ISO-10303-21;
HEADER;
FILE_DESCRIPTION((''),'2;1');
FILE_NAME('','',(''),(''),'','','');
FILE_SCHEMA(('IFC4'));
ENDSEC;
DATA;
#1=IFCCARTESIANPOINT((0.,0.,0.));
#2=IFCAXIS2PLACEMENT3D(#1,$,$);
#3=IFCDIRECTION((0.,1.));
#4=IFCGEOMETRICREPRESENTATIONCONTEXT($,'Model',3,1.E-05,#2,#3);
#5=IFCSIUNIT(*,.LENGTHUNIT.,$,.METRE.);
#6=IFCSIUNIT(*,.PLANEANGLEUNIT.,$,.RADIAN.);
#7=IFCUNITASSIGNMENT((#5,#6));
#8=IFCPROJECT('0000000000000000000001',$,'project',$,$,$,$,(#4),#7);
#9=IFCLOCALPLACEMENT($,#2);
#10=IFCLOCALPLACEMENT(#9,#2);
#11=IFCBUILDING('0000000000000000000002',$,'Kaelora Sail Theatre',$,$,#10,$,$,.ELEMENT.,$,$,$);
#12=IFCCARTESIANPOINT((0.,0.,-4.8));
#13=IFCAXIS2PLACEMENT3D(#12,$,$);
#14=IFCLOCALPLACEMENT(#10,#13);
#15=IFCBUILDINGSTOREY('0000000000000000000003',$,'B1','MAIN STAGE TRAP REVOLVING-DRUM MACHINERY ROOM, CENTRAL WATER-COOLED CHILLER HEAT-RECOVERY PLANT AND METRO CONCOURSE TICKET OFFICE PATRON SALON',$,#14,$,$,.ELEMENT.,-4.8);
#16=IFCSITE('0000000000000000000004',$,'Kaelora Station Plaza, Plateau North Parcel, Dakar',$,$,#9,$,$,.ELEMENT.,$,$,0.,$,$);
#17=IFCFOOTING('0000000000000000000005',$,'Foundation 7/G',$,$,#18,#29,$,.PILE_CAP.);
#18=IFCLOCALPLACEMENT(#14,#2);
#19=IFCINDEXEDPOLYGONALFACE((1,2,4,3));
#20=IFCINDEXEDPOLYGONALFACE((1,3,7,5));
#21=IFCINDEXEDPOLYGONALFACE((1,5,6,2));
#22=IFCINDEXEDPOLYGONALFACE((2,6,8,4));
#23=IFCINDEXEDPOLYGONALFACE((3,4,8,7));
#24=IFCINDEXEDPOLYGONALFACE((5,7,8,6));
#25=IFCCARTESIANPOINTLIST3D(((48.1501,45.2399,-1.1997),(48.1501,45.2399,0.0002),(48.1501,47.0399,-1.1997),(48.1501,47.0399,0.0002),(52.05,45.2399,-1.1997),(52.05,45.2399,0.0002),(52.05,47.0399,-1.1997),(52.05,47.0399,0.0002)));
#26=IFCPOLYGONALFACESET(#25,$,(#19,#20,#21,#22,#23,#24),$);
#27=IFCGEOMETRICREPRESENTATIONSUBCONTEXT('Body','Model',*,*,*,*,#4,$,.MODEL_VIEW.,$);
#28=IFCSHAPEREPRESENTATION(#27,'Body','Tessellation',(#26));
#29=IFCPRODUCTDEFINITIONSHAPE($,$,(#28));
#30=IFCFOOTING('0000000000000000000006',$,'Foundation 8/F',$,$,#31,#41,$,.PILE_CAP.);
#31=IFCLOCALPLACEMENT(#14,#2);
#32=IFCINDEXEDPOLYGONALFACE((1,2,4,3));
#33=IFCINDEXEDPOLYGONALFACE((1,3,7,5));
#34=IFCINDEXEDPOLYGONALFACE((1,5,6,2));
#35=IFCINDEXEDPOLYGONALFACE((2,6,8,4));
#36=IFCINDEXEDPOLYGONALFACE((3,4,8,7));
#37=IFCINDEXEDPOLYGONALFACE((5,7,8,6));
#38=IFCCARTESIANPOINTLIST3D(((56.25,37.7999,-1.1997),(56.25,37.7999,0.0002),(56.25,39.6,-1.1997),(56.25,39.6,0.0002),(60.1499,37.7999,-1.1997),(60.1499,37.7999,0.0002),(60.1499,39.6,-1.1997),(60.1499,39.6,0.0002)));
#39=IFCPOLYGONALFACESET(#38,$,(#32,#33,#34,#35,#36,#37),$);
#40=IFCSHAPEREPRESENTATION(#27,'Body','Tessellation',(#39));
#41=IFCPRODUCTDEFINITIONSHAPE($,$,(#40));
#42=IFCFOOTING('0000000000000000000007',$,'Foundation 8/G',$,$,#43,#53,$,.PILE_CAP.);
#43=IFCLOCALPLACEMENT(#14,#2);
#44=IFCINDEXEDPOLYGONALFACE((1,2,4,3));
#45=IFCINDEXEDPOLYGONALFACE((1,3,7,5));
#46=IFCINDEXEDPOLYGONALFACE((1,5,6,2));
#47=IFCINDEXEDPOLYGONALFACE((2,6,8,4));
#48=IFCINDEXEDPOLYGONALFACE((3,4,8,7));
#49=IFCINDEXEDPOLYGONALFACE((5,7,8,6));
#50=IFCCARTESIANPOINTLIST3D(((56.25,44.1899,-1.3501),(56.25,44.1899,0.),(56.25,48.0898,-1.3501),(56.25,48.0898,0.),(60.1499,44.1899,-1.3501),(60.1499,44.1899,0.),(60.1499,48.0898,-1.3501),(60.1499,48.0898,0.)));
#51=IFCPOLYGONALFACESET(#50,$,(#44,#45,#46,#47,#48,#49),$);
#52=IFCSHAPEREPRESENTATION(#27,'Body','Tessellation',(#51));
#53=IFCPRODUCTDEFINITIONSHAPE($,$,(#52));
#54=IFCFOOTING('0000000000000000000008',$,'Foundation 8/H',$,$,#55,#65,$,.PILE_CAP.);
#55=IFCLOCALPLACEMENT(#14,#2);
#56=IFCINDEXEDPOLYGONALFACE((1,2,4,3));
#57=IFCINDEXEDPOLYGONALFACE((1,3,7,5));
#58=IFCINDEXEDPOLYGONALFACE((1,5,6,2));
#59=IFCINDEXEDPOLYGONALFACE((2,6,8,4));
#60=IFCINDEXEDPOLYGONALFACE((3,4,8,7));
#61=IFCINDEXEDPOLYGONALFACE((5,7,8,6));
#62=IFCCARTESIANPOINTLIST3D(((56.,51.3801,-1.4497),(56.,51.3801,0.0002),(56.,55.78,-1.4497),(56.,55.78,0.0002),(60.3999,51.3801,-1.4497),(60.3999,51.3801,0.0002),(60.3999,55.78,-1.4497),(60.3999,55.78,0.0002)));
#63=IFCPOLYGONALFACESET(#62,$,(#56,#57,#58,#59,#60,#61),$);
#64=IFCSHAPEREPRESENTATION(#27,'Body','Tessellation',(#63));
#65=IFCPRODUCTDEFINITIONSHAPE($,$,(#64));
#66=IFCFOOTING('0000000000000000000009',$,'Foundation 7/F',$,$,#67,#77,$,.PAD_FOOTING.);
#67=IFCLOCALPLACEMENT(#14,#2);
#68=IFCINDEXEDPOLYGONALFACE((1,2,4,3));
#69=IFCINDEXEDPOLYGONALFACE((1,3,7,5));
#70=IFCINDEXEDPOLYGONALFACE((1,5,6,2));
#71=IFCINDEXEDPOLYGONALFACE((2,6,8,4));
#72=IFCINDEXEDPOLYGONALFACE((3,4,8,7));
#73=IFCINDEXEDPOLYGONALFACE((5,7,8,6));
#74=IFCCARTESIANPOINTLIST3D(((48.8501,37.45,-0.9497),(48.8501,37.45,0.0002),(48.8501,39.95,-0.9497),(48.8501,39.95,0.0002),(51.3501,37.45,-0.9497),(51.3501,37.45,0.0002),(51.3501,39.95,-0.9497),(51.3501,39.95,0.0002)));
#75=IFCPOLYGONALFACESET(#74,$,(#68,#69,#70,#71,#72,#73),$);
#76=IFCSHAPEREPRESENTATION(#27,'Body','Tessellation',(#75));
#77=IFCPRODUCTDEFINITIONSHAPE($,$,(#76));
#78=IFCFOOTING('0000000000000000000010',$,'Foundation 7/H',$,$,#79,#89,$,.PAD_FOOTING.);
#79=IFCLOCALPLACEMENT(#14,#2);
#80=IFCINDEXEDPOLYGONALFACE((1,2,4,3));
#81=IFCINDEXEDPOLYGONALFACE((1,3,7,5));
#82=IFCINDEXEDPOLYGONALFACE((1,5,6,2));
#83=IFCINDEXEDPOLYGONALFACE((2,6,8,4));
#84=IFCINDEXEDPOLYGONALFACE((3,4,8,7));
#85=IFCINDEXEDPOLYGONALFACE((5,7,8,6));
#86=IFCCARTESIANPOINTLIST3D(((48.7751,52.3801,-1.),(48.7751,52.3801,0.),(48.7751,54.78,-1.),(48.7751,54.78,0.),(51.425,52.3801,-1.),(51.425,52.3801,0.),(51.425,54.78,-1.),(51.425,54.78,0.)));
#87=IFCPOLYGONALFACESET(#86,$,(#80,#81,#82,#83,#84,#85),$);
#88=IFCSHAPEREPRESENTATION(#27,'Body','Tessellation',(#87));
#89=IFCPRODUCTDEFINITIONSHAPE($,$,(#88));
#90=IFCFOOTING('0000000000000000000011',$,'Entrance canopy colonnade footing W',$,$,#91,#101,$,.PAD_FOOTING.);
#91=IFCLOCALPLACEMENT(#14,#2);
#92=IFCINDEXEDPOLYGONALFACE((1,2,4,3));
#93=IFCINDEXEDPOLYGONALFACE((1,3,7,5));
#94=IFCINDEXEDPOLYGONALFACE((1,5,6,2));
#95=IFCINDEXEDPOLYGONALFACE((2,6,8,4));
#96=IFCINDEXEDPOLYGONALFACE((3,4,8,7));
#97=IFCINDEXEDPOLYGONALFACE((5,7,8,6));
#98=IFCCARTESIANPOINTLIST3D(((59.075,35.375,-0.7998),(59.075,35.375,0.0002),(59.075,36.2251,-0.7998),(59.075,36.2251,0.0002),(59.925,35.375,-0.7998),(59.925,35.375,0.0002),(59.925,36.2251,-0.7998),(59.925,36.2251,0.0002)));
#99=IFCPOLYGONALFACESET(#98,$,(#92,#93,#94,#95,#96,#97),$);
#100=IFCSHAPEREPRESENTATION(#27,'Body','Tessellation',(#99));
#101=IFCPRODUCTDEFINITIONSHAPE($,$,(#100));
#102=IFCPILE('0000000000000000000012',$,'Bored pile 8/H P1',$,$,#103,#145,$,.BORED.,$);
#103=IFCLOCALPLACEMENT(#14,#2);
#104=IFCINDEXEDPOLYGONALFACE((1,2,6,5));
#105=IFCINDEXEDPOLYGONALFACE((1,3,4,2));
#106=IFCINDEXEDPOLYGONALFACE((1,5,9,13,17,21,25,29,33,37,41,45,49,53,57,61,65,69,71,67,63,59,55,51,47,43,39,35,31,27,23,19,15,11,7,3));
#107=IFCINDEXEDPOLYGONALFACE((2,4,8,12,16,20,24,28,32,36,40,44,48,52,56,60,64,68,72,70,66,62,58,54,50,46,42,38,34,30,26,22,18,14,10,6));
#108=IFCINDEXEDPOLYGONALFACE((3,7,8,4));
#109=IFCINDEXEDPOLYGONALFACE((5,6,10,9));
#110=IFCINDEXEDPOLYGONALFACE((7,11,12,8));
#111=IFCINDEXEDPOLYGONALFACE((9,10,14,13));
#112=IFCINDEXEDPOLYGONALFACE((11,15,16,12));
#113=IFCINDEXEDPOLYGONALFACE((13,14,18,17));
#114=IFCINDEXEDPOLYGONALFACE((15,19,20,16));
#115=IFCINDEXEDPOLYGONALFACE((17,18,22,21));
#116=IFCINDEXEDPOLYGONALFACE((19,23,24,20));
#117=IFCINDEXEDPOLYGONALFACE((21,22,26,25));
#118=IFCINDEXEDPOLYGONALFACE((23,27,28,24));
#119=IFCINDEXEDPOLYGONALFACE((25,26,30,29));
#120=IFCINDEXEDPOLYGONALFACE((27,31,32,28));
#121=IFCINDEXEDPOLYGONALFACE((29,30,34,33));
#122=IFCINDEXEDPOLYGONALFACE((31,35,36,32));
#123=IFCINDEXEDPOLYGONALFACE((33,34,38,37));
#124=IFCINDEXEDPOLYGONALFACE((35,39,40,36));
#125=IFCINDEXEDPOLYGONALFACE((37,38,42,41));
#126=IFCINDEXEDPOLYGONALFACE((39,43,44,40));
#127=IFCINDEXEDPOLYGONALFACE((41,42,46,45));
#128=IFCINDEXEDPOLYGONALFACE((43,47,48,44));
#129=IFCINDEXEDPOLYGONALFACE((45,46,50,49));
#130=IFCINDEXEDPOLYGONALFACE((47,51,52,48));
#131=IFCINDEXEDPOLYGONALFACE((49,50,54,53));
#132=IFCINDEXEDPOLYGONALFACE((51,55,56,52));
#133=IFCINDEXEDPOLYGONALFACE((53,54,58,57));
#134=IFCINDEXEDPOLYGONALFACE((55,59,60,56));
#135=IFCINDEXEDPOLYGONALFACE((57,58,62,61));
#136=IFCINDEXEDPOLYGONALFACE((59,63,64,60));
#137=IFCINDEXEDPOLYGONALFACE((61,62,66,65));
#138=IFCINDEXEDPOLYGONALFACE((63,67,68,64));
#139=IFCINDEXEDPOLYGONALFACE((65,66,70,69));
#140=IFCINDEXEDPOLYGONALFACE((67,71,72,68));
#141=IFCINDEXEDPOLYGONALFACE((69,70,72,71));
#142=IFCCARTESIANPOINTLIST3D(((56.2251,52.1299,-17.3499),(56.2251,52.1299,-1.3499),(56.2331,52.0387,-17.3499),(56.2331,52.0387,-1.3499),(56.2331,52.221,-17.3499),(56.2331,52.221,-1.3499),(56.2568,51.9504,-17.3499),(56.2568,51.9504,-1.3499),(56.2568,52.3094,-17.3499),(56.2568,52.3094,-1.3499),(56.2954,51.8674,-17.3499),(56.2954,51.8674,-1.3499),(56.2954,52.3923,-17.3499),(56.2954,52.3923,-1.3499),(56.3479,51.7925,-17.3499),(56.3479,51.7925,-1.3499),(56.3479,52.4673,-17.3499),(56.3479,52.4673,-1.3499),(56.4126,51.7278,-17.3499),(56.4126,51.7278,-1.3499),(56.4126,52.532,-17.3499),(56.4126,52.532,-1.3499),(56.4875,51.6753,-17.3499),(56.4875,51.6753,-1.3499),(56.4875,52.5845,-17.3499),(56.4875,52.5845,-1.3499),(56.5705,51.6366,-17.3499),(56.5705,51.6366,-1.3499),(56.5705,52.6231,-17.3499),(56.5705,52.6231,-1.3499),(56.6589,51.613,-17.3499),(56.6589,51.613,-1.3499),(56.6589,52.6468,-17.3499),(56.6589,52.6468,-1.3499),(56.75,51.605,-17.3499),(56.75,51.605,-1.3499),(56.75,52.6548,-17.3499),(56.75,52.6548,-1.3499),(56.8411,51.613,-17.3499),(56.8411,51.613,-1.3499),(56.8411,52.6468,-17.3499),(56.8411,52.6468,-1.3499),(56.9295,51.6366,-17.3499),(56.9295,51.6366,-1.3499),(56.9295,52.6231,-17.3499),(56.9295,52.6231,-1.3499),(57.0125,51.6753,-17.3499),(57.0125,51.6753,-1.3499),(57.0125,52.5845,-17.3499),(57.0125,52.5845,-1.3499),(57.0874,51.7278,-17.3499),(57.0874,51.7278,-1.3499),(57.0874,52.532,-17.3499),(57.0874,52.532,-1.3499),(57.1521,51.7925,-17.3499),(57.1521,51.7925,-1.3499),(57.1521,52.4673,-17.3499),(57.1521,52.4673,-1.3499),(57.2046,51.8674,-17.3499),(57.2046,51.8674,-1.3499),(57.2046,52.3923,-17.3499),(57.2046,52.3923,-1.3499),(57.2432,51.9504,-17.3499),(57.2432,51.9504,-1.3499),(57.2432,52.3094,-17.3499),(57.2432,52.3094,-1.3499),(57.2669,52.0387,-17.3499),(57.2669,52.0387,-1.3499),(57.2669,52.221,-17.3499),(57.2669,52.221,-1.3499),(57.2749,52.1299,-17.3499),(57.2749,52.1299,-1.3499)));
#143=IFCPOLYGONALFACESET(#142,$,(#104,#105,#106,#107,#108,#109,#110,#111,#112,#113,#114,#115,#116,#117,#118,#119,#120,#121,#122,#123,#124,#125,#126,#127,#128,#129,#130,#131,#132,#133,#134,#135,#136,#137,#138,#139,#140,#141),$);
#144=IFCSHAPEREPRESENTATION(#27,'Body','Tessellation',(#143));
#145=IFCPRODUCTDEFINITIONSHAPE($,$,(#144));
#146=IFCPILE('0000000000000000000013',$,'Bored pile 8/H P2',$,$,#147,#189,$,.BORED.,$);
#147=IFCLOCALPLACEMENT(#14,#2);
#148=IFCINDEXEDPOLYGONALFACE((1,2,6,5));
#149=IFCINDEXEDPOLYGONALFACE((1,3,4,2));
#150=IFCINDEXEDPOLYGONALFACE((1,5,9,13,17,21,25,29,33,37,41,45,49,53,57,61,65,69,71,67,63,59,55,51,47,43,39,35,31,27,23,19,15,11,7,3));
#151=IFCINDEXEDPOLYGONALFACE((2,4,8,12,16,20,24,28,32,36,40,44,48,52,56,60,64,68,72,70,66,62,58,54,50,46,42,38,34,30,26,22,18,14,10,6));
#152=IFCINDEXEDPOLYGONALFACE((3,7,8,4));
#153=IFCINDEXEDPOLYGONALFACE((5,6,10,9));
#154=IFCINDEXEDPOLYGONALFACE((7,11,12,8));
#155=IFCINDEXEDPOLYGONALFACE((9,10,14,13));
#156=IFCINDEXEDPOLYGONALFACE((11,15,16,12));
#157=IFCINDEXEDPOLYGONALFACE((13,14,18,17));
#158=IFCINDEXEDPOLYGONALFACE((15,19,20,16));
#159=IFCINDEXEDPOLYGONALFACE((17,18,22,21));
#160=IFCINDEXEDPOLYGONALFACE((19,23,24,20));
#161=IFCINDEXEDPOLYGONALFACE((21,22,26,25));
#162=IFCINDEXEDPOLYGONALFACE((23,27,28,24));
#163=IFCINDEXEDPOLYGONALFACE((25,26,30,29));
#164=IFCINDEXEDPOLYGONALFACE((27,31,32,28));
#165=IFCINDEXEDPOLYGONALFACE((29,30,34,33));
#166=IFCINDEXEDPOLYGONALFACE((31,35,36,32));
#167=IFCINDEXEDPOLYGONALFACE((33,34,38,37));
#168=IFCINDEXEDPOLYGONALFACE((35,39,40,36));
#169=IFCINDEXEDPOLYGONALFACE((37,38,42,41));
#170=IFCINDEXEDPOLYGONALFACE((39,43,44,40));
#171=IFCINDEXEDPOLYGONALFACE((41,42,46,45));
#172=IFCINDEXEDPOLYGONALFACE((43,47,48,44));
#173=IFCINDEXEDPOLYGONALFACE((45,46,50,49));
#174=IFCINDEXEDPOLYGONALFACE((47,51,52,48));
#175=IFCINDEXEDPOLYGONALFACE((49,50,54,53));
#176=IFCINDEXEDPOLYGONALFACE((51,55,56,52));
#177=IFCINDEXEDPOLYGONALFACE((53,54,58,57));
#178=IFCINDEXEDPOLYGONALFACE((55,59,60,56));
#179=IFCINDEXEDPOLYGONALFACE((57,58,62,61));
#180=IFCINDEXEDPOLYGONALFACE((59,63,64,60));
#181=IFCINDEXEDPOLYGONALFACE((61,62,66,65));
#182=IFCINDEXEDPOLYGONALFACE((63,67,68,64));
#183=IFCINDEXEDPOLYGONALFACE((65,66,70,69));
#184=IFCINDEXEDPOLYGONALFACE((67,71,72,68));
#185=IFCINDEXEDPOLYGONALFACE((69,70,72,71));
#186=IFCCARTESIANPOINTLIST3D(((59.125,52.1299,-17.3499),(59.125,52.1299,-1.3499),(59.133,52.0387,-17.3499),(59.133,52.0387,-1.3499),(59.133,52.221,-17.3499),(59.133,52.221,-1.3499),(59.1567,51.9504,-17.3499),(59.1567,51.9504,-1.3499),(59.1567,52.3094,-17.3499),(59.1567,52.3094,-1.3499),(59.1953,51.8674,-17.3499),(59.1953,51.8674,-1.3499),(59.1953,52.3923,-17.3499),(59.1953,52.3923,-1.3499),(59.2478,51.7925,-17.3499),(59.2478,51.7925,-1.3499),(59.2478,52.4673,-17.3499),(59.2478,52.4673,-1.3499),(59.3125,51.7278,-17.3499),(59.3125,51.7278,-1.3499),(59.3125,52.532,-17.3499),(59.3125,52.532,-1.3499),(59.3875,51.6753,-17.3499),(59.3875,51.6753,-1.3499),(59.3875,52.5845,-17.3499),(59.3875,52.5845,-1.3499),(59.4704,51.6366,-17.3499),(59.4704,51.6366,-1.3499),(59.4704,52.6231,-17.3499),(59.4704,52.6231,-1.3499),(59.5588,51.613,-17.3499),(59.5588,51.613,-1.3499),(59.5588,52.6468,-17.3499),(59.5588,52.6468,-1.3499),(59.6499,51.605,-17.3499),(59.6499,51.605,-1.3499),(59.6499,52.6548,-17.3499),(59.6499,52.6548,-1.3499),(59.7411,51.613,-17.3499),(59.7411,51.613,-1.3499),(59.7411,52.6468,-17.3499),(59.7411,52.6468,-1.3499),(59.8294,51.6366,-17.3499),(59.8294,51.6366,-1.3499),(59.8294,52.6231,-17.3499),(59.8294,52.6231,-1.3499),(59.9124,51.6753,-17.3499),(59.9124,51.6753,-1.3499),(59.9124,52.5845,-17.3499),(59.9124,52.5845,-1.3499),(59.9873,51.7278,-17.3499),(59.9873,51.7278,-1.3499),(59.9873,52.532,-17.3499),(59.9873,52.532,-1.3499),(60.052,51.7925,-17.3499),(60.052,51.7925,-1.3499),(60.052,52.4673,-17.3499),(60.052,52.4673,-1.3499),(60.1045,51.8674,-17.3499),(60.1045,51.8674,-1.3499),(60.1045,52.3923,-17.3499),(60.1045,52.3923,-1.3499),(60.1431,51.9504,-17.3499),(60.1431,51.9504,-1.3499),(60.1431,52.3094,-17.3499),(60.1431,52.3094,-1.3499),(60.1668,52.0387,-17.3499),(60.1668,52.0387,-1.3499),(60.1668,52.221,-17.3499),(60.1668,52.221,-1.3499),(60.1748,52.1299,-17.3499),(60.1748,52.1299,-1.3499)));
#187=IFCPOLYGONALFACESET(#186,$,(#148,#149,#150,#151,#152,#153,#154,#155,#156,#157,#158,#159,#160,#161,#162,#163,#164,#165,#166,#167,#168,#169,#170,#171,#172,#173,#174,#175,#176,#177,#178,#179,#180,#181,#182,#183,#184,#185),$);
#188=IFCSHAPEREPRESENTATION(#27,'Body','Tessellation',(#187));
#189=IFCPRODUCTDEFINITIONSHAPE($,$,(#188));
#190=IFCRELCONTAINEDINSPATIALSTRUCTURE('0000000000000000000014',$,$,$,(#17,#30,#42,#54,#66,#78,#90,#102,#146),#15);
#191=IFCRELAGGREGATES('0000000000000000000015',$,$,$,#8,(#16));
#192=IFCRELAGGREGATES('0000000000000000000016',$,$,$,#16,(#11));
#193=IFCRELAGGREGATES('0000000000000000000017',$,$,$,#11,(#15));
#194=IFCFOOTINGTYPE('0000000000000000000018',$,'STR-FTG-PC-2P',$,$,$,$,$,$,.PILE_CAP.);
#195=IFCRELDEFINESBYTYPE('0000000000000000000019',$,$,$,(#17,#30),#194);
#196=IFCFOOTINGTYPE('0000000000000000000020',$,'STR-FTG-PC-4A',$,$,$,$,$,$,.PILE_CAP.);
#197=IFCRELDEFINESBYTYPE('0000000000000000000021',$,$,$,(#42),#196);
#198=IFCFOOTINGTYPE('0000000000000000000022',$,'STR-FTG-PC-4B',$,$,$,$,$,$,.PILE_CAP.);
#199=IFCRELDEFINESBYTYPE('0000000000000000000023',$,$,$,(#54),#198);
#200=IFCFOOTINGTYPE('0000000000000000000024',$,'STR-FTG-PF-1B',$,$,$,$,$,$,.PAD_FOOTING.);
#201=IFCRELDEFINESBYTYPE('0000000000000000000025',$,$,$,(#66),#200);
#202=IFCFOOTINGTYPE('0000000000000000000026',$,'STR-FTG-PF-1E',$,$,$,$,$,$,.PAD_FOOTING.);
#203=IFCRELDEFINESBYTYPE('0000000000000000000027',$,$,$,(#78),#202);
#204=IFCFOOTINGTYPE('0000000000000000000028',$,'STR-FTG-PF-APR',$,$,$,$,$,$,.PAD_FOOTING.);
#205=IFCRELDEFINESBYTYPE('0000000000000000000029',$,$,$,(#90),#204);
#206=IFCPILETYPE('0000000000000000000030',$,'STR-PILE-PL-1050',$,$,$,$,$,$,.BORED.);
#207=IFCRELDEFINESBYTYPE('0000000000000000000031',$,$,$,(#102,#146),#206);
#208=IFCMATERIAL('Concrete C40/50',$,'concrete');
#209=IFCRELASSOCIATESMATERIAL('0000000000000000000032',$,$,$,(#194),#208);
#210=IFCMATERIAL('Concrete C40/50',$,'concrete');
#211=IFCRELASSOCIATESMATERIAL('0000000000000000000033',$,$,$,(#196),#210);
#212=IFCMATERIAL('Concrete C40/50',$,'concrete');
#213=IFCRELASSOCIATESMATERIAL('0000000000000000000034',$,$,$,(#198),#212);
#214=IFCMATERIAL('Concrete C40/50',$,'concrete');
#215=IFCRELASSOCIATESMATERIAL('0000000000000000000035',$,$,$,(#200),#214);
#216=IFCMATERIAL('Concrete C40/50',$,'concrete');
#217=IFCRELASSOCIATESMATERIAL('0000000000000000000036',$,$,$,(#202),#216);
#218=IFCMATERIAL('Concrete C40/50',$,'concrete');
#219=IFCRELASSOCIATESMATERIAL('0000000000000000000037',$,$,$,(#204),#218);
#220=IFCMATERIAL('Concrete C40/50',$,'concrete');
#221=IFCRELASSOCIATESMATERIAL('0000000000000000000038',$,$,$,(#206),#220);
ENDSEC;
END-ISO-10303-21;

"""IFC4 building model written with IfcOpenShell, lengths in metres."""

from ifc_helpers import new_model, si_unit, direction, frame, origin, origin_2d, place, context, subcontext, project, spatial, rectangle, circle, extrude, material, material_profile, profile_set, type_object, element, save


model = new_model("IFC4")

# Units and contexts
model_context = context("Model", 3, precision=1e-05, world=origin(), true_north=direction((0.0, 1.0)))
body_context = subcontext(model_context, "Body", "Model", "MODEL_VIEW")
ifc_project = project(units=[si_unit("LENGTHUNIT", "METRE"), si_unit("PLANEANGLEUNIT", "RADIAN")], contexts=[model_context])

# Site, building, storey
site_placement = place(None, origin())
site = spatial("IfcSite", under=ifc_project, at=site_placement, Name="Kaelora Station Plaza, Plateau North Parcel, Dakar", CompositionType="ELEMENT", RefElevation=0.0)
building_placement = place(site_placement, origin())
building = spatial("IfcBuilding", under=site, at=building_placement, Name="Kaelora Sail Theatre", CompositionType="ELEMENT")
storey_placement = place(building_placement, frame((0.0, 0.0, -4.8)))
storey = spatial("IfcBuildingStorey", under=building, at=storey_placement, Name="B1", Description="MAIN STAGE TRAP REVOLVING-DRUM MACHINERY ROOM, CENTRAL WATER-COOLED CHILLER HEAT-RECOVERY PLANT AND METRO CONCOURSE TICKET OFFICE PATRON SALON", CompositionType="ELEMENT", Elevation=-4.8)

# Footings
ifc_material_1 = material(Name="Concrete C40/50", Category="concrete")
footing_type_1 = type_object("IfcFootingType", Name="STR-FTG-PC-2P", PredefinedType="PILE_CAP", material=ifc_material_1)
for number, where, z_axis, x_axis, name in (
    (1, (50.1001, 46.1399, -1.1997), (0.0, 0.0, 1.0), (1.0, 0.0, 0.0), "Foundation 7/G"),
    (2, (58.2, 38.7, -1.1997), (0.0, 0.0, 1.0), (1.0, 0.0, 0.0), "Foundation 8/F"),
):
    element("IfcFooting", number, at=place(storey_placement, frame(where, z_axis=z_axis, x_axis=x_axis)), inside=storey, type_object=footing_type_1, Name=name, PredefinedType="PILE_CAP", context=body_context, shape_type="SweptSolid", body=[
        extrude(rectangle(XDim=3.8999, YDim=1.8, at=origin_2d()), origin(), (0.0, 0.0, 1.0), 1.2),
    ])
ifc_material_2 = material(Name="Concrete C40/50", Category="concrete")
footing_type_2 = type_object("IfcFootingType", Name="STR-FTG-PC-4A", PredefinedType="PILE_CAP", material=ifc_material_2)
footing_1_placement = place(storey_placement, frame((58.2, 46.1399, -1.3501), z_axis=(0.0, 0.0, 1.0), x_axis=(1.0, 0.0, 0.0)))
element("IfcFooting", 3, at=footing_1_placement, inside=storey, type_object=footing_type_2, Name="Foundation 8/G", PredefinedType="PILE_CAP", context=body_context, shape_type="SweptSolid", body=[
    extrude(rectangle(XDim=3.8999, YDim=3.8999, at=origin_2d()), origin(), (0.0, 0.0, 1.0), 1.3501),
])
ifc_material_3 = material(Name="Concrete C40/50", Category="concrete")
footing_type_3 = type_object("IfcFootingType", Name="STR-FTG-PC-4B", PredefinedType="PILE_CAP", material=ifc_material_3)
footing_2_placement = place(storey_placement, frame((58.2, 53.5801, -1.4497), z_axis=(0.0, 0.0, 1.0), x_axis=(1.0, 0.0, 0.0)))
element("IfcFooting", 4, at=footing_2_placement, inside=storey, type_object=footing_type_3, Name="Foundation 8/H", PredefinedType="PILE_CAP", context=body_context, shape_type="SweptSolid", body=[
    extrude(rectangle(XDim=4.3999, YDim=4.3999, at=origin_2d()), origin(), (0.0, 0.0, 1.0), 1.45),
])
ifc_material_4 = material(Name="Concrete C40/50", Category="concrete")
footing_type_4 = type_object("IfcFootingType", Name="STR-FTG-PF-1B", PredefinedType="PAD_FOOTING", material=ifc_material_4)
footing_3_placement = place(storey_placement, frame((50.1001, 38.7, -0.9497), z_axis=(0.0, 0.0, 1.0), x_axis=(1.0, 0.0, 0.0)))
element("IfcFooting", 5, at=footing_3_placement, inside=storey, type_object=footing_type_4, Name="Foundation 7/F", PredefinedType="PAD_FOOTING", context=body_context, shape_type="SweptSolid", body=[
    extrude(rectangle(XDim=2.5, YDim=2.5, at=origin_2d()), origin(), (0.0, 0.0, 1.0), 0.95),
])
ifc_material_5 = material(Name="Concrete C40/50", Category="concrete")
footing_type_5 = type_object("IfcFootingType", Name="STR-FTG-PF-1E", PredefinedType="PAD_FOOTING", material=ifc_material_5)
footing_4_placement = place(storey_placement, frame((50.1001, 53.5801, -1.0), z_axis=(0.0, 0.0, 1.0), x_axis=(1.0, 0.0, 0.0)))
element("IfcFooting", 6, at=footing_4_placement, inside=storey, type_object=footing_type_5, Name="Foundation 7/H", PredefinedType="PAD_FOOTING", context=body_context, shape_type="SweptSolid", body=[
    extrude(rectangle(XDim=2.6499, YDim=2.3999, at=origin_2d()), origin(), (0.0, 0.0, 1.0), 1.0),
])
ifc_material_6 = material(Name="Concrete C40/50", Category="concrete")
footing_type_6 = type_object("IfcFootingType", Name="STR-FTG-PF-APR", PredefinedType="PAD_FOOTING", material=ifc_material_6)
footing_5_placement = place(storey_placement, frame((59.5, 35.8, -0.7998), z_axis=(0.0, 0.0, 1.0), x_axis=(1.0, 0.0, 0.0)))
element("IfcFooting", 7, at=footing_5_placement, inside=storey, type_object=footing_type_6, Name="Entrance canopy colonnade footing W", PredefinedType="PAD_FOOTING", context=body_context, shape_type="SweptSolid", body=[
    extrude(rectangle(XDim=0.8501, YDim=0.8501, at=origin_2d()), origin(), (0.0, 0.0, 1.0), 0.8),
])

# Piles
ifc_material_7 = material(Name="Concrete C40/50", Category="concrete")
ifc_material_profile_1 = material_profile(ifc_material_7, circle(Radius=0.5249, at=origin_2d()), Name="PILE D1050")
ifc_profile_set_1 = profile_set([ifc_material_profile_1], Name="Concrete C40/50")
pile_type_1 = type_object("IfcPileType", Name="STR-PILE-PL-1050", PredefinedType="BORED", material=ifc_profile_set_1)
for number, where, z_axis, x_axis, name in (
    (8, (56.75, 52.1299, -1.3499), (0.0, 0.0, -1.0), (1.0, 0.0, 0.0), "Bored pile 8/H P1"),
    (9, (59.6499, 52.1299, -1.3499), (0.0, 0.0, -1.0), (1.0, 0.0, 0.0), "Bored pile 8/H P2"),
):
    element("IfcPile", number, at=place(storey_placement, frame(where, z_axis=z_axis, x_axis=x_axis)), inside=storey, type_object=pile_type_1, Name=name, PredefinedType="BORED", context=body_context, shape_type="SweptSolid", body=[
        extrude(circle(Radius=0.5249, at=origin_2d()), origin(), (0.0, 0.0, 1.0), 16.0),
    ])

save(model, "model.ifc")
